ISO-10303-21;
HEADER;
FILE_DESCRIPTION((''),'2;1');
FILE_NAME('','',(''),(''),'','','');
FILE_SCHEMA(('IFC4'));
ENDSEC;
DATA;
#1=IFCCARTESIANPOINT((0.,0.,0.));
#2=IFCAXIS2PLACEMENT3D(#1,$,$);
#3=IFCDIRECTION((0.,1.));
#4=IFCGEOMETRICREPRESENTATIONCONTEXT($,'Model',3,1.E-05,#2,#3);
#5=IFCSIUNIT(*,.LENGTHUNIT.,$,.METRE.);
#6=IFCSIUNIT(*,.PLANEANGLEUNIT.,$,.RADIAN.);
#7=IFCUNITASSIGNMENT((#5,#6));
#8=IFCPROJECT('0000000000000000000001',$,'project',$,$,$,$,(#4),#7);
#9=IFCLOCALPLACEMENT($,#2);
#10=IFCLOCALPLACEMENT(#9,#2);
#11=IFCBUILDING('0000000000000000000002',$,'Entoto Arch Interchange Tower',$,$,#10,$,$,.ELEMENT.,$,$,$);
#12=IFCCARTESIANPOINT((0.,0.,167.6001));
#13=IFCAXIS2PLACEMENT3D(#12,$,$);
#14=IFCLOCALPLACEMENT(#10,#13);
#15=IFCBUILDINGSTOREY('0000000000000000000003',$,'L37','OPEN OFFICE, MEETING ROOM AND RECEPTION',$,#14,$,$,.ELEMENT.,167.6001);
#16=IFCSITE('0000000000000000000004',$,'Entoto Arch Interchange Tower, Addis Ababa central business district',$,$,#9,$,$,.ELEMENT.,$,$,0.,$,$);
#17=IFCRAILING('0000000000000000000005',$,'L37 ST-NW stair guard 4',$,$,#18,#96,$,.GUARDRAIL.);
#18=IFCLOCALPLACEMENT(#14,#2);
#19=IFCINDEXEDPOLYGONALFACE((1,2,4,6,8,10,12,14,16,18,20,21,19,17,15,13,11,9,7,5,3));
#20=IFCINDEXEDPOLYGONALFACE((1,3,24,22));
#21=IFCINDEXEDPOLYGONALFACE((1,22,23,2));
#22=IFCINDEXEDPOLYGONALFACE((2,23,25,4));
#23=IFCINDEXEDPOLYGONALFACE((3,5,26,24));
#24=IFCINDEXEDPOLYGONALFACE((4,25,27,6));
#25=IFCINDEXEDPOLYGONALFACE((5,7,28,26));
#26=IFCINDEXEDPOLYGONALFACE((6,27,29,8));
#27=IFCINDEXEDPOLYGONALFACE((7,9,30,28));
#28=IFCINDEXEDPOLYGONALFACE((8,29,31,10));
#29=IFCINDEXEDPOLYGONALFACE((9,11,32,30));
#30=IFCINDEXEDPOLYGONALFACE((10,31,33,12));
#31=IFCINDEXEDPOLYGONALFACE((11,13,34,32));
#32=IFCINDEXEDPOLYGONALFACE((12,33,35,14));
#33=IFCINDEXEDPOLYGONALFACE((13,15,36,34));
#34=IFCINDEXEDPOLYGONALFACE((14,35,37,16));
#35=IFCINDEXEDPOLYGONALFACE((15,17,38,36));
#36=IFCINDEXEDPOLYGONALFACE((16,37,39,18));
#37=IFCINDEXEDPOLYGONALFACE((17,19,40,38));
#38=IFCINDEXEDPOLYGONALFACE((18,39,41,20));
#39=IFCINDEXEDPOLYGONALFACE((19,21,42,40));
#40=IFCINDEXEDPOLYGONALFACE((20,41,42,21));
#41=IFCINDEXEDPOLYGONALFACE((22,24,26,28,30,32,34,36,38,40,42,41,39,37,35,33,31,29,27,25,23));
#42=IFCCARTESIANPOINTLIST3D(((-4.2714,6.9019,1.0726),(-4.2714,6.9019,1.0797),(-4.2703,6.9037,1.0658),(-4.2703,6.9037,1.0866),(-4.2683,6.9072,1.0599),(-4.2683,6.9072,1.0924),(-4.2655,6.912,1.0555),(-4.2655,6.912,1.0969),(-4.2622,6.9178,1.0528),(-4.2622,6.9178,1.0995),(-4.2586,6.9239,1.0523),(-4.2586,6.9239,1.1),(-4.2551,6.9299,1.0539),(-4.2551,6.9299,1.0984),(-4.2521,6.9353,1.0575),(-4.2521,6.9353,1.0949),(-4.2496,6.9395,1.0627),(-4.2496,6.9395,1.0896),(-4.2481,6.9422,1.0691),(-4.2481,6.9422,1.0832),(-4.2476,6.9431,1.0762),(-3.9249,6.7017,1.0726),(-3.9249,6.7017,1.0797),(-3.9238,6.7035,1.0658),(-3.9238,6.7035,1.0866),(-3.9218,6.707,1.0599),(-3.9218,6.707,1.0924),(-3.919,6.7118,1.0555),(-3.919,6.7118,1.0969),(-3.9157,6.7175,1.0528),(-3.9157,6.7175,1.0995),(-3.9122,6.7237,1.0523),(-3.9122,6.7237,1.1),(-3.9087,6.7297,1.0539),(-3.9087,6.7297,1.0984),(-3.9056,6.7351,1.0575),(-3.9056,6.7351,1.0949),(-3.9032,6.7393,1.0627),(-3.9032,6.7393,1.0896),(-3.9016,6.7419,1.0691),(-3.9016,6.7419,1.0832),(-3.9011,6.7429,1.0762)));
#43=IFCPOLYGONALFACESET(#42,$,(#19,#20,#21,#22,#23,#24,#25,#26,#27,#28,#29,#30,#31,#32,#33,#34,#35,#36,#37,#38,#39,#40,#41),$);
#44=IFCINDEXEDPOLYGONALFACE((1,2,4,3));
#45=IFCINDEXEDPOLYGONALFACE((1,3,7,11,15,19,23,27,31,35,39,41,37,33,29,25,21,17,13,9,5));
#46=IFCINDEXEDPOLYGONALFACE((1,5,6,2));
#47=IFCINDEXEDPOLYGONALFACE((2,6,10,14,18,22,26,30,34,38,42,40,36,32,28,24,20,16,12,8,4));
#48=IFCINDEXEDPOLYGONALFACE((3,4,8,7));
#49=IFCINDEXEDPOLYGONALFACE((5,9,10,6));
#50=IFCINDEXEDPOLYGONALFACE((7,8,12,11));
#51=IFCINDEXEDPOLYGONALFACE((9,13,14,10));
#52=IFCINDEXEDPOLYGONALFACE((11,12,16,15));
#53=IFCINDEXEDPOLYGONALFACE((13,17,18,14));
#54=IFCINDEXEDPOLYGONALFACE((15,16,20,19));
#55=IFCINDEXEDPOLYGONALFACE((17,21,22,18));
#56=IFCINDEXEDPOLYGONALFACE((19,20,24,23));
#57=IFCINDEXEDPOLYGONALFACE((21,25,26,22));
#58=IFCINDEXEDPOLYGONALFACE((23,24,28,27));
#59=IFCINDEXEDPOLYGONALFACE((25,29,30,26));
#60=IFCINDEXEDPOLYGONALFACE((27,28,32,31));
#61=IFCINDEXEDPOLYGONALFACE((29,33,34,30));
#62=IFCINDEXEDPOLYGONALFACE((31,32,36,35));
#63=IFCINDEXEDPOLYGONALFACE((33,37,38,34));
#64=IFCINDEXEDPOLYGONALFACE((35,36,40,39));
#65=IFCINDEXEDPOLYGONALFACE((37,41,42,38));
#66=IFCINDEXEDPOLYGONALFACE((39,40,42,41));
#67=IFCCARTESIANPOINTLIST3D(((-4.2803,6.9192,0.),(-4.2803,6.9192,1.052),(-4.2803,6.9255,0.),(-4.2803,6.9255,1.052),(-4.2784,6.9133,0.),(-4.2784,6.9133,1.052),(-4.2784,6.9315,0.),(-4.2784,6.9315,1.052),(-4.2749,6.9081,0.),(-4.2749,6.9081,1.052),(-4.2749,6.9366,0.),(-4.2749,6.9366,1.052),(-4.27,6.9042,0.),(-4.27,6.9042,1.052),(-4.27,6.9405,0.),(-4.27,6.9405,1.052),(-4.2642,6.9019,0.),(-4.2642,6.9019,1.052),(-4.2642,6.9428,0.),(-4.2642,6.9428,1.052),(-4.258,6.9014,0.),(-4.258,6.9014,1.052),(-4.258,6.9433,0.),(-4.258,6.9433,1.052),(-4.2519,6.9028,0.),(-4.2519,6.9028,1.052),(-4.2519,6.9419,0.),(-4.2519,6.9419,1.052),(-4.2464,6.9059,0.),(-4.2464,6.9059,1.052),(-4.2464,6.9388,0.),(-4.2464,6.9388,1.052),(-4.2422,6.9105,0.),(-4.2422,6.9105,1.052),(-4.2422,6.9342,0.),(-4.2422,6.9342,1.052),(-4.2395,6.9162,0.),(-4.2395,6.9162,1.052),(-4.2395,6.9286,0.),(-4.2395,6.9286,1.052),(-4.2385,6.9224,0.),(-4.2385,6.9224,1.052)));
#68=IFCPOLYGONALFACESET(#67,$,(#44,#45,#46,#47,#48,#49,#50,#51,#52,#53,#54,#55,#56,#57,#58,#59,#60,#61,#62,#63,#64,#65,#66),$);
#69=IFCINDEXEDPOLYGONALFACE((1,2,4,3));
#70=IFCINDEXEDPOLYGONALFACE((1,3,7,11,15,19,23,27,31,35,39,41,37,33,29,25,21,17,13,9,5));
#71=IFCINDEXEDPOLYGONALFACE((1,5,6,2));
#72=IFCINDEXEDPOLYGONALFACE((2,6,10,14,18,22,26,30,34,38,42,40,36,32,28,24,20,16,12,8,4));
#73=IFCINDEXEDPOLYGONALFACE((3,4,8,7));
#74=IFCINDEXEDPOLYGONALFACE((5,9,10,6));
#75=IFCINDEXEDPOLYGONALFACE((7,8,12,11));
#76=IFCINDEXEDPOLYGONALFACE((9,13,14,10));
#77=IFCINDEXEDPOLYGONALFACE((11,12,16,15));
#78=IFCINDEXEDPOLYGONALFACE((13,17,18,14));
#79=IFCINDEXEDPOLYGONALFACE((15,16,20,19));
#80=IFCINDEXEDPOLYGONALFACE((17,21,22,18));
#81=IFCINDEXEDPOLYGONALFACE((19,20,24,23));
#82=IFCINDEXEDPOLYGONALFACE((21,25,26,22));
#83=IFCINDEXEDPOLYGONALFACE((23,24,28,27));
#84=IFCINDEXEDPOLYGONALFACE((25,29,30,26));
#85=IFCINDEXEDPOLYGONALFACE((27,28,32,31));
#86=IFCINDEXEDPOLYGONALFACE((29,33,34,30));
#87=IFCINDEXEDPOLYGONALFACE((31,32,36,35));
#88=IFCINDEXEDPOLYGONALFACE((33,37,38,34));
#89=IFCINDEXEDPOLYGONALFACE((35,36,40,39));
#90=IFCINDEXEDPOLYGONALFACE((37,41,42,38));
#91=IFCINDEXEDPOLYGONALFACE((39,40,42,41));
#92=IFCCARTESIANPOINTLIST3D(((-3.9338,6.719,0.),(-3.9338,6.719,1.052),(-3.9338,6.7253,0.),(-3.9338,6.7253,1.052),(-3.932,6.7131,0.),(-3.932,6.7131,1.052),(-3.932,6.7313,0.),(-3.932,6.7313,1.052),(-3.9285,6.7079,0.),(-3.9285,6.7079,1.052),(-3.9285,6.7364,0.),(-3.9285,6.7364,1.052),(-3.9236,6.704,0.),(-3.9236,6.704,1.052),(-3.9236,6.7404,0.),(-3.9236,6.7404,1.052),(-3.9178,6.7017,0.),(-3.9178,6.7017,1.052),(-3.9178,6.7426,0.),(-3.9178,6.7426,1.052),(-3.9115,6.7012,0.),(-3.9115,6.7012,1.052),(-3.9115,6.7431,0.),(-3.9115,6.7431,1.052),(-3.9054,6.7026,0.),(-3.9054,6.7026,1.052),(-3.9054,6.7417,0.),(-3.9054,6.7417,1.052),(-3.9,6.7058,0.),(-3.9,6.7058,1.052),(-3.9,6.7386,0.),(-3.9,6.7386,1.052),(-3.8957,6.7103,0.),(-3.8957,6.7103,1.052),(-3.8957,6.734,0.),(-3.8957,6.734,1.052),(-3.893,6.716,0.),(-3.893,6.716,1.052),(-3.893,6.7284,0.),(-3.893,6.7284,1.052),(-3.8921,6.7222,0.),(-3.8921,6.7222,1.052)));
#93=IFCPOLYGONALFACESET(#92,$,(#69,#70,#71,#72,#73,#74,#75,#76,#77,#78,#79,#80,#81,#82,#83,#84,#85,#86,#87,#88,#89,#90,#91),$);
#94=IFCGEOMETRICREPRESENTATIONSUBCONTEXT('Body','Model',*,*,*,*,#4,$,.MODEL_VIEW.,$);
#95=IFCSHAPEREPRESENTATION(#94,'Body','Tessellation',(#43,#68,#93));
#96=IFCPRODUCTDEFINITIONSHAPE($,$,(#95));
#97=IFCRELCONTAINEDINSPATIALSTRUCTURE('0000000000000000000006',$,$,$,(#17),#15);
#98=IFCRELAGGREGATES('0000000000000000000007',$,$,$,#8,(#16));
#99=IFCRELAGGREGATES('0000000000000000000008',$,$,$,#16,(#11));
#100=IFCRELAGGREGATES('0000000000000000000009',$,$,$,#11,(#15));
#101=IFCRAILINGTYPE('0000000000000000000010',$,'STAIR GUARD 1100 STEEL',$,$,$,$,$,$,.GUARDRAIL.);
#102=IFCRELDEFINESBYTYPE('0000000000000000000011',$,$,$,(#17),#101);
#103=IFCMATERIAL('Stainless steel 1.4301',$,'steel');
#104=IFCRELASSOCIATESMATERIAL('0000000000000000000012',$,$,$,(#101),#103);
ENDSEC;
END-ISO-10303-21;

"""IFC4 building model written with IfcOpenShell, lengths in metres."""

from ifc_helpers import new_model, si_unit, direction, frame, origin, origin_2d, place, context, subcontext, project, spatial, circle, extrude, material, type_object, element, save


model = new_model("IFC4")

# Units and contexts
model_context = context("Model", 3, precision=1e-05, world=origin(), true_north=direction((0.0, 1.0)))
body_context = subcontext(model_context, "Body", "Model", "MODEL_VIEW")
ifc_project = project(units=[si_unit("LENGTHUNIT", "METRE"), si_unit("PLANEANGLEUNIT", "RADIAN")], contexts=[model_context])

# Site, building, storey
site_placement = place(None, origin())
site = spatial("IfcSite", under=ifc_project, at=site_placement, Name="Entoto Arch Interchange Tower, Addis Ababa central business district", CompositionType="ELEMENT", RefElevation=0.0)
building_placement = place(site_placement, origin())
building = spatial("IfcBuilding", under=site, at=building_placement, Name="Entoto Arch Interchange Tower", CompositionType="ELEMENT")
storey_placement = place(building_placement, frame((0.0, 0.0, 167.6001)))
storey = spatial("IfcBuildingStorey", under=building, at=storey_placement, Name="L37", Description="OPEN OFFICE, MEETING ROOM AND RECEPTION", CompositionType="ELEMENT", Elevation=167.6001)

# Railing
ifc_material_1 = material(Name="Stainless steel 1.4301", Category="steel")
railing_type_1 = type_object("IfcRailingType", Name="STAIR GUARD 1100 STEEL", PredefinedType="GUARDRAIL", material=ifc_material_1)
railing_1_placement = place(storey_placement, frame((-4.2595, 6.9224, 0.0)))
element("IfcRailing", 1, at=railing_1_placement, inside=storey, type_object=railing_type_1, Name="L37 ST-NW stair guard 4", PredefinedType="GUARDRAIL", context=body_context, shape_type="SweptSolid", body=[
    extrude(circle(Radius=0.0239, at=origin_2d()), frame((0.0, 0.0, 1.0762), z_axis=(0.86583, -0.500339, 0.0), x_axis=(0.500339, 0.86583, 0.0)), (0.0, 0.0, 1.0), 0.4001),
    extrude(circle(Radius=0.021, at=origin_2d()), origin(), (0.0, 0.0, 1.0), 1.052),
    extrude(circle(Radius=0.021, at=origin_2d()), frame((0.3464, -0.2002, 0.0)), (0.0, 0.0, 1.0), 1.052),
])

save(model, "model.ifc")
